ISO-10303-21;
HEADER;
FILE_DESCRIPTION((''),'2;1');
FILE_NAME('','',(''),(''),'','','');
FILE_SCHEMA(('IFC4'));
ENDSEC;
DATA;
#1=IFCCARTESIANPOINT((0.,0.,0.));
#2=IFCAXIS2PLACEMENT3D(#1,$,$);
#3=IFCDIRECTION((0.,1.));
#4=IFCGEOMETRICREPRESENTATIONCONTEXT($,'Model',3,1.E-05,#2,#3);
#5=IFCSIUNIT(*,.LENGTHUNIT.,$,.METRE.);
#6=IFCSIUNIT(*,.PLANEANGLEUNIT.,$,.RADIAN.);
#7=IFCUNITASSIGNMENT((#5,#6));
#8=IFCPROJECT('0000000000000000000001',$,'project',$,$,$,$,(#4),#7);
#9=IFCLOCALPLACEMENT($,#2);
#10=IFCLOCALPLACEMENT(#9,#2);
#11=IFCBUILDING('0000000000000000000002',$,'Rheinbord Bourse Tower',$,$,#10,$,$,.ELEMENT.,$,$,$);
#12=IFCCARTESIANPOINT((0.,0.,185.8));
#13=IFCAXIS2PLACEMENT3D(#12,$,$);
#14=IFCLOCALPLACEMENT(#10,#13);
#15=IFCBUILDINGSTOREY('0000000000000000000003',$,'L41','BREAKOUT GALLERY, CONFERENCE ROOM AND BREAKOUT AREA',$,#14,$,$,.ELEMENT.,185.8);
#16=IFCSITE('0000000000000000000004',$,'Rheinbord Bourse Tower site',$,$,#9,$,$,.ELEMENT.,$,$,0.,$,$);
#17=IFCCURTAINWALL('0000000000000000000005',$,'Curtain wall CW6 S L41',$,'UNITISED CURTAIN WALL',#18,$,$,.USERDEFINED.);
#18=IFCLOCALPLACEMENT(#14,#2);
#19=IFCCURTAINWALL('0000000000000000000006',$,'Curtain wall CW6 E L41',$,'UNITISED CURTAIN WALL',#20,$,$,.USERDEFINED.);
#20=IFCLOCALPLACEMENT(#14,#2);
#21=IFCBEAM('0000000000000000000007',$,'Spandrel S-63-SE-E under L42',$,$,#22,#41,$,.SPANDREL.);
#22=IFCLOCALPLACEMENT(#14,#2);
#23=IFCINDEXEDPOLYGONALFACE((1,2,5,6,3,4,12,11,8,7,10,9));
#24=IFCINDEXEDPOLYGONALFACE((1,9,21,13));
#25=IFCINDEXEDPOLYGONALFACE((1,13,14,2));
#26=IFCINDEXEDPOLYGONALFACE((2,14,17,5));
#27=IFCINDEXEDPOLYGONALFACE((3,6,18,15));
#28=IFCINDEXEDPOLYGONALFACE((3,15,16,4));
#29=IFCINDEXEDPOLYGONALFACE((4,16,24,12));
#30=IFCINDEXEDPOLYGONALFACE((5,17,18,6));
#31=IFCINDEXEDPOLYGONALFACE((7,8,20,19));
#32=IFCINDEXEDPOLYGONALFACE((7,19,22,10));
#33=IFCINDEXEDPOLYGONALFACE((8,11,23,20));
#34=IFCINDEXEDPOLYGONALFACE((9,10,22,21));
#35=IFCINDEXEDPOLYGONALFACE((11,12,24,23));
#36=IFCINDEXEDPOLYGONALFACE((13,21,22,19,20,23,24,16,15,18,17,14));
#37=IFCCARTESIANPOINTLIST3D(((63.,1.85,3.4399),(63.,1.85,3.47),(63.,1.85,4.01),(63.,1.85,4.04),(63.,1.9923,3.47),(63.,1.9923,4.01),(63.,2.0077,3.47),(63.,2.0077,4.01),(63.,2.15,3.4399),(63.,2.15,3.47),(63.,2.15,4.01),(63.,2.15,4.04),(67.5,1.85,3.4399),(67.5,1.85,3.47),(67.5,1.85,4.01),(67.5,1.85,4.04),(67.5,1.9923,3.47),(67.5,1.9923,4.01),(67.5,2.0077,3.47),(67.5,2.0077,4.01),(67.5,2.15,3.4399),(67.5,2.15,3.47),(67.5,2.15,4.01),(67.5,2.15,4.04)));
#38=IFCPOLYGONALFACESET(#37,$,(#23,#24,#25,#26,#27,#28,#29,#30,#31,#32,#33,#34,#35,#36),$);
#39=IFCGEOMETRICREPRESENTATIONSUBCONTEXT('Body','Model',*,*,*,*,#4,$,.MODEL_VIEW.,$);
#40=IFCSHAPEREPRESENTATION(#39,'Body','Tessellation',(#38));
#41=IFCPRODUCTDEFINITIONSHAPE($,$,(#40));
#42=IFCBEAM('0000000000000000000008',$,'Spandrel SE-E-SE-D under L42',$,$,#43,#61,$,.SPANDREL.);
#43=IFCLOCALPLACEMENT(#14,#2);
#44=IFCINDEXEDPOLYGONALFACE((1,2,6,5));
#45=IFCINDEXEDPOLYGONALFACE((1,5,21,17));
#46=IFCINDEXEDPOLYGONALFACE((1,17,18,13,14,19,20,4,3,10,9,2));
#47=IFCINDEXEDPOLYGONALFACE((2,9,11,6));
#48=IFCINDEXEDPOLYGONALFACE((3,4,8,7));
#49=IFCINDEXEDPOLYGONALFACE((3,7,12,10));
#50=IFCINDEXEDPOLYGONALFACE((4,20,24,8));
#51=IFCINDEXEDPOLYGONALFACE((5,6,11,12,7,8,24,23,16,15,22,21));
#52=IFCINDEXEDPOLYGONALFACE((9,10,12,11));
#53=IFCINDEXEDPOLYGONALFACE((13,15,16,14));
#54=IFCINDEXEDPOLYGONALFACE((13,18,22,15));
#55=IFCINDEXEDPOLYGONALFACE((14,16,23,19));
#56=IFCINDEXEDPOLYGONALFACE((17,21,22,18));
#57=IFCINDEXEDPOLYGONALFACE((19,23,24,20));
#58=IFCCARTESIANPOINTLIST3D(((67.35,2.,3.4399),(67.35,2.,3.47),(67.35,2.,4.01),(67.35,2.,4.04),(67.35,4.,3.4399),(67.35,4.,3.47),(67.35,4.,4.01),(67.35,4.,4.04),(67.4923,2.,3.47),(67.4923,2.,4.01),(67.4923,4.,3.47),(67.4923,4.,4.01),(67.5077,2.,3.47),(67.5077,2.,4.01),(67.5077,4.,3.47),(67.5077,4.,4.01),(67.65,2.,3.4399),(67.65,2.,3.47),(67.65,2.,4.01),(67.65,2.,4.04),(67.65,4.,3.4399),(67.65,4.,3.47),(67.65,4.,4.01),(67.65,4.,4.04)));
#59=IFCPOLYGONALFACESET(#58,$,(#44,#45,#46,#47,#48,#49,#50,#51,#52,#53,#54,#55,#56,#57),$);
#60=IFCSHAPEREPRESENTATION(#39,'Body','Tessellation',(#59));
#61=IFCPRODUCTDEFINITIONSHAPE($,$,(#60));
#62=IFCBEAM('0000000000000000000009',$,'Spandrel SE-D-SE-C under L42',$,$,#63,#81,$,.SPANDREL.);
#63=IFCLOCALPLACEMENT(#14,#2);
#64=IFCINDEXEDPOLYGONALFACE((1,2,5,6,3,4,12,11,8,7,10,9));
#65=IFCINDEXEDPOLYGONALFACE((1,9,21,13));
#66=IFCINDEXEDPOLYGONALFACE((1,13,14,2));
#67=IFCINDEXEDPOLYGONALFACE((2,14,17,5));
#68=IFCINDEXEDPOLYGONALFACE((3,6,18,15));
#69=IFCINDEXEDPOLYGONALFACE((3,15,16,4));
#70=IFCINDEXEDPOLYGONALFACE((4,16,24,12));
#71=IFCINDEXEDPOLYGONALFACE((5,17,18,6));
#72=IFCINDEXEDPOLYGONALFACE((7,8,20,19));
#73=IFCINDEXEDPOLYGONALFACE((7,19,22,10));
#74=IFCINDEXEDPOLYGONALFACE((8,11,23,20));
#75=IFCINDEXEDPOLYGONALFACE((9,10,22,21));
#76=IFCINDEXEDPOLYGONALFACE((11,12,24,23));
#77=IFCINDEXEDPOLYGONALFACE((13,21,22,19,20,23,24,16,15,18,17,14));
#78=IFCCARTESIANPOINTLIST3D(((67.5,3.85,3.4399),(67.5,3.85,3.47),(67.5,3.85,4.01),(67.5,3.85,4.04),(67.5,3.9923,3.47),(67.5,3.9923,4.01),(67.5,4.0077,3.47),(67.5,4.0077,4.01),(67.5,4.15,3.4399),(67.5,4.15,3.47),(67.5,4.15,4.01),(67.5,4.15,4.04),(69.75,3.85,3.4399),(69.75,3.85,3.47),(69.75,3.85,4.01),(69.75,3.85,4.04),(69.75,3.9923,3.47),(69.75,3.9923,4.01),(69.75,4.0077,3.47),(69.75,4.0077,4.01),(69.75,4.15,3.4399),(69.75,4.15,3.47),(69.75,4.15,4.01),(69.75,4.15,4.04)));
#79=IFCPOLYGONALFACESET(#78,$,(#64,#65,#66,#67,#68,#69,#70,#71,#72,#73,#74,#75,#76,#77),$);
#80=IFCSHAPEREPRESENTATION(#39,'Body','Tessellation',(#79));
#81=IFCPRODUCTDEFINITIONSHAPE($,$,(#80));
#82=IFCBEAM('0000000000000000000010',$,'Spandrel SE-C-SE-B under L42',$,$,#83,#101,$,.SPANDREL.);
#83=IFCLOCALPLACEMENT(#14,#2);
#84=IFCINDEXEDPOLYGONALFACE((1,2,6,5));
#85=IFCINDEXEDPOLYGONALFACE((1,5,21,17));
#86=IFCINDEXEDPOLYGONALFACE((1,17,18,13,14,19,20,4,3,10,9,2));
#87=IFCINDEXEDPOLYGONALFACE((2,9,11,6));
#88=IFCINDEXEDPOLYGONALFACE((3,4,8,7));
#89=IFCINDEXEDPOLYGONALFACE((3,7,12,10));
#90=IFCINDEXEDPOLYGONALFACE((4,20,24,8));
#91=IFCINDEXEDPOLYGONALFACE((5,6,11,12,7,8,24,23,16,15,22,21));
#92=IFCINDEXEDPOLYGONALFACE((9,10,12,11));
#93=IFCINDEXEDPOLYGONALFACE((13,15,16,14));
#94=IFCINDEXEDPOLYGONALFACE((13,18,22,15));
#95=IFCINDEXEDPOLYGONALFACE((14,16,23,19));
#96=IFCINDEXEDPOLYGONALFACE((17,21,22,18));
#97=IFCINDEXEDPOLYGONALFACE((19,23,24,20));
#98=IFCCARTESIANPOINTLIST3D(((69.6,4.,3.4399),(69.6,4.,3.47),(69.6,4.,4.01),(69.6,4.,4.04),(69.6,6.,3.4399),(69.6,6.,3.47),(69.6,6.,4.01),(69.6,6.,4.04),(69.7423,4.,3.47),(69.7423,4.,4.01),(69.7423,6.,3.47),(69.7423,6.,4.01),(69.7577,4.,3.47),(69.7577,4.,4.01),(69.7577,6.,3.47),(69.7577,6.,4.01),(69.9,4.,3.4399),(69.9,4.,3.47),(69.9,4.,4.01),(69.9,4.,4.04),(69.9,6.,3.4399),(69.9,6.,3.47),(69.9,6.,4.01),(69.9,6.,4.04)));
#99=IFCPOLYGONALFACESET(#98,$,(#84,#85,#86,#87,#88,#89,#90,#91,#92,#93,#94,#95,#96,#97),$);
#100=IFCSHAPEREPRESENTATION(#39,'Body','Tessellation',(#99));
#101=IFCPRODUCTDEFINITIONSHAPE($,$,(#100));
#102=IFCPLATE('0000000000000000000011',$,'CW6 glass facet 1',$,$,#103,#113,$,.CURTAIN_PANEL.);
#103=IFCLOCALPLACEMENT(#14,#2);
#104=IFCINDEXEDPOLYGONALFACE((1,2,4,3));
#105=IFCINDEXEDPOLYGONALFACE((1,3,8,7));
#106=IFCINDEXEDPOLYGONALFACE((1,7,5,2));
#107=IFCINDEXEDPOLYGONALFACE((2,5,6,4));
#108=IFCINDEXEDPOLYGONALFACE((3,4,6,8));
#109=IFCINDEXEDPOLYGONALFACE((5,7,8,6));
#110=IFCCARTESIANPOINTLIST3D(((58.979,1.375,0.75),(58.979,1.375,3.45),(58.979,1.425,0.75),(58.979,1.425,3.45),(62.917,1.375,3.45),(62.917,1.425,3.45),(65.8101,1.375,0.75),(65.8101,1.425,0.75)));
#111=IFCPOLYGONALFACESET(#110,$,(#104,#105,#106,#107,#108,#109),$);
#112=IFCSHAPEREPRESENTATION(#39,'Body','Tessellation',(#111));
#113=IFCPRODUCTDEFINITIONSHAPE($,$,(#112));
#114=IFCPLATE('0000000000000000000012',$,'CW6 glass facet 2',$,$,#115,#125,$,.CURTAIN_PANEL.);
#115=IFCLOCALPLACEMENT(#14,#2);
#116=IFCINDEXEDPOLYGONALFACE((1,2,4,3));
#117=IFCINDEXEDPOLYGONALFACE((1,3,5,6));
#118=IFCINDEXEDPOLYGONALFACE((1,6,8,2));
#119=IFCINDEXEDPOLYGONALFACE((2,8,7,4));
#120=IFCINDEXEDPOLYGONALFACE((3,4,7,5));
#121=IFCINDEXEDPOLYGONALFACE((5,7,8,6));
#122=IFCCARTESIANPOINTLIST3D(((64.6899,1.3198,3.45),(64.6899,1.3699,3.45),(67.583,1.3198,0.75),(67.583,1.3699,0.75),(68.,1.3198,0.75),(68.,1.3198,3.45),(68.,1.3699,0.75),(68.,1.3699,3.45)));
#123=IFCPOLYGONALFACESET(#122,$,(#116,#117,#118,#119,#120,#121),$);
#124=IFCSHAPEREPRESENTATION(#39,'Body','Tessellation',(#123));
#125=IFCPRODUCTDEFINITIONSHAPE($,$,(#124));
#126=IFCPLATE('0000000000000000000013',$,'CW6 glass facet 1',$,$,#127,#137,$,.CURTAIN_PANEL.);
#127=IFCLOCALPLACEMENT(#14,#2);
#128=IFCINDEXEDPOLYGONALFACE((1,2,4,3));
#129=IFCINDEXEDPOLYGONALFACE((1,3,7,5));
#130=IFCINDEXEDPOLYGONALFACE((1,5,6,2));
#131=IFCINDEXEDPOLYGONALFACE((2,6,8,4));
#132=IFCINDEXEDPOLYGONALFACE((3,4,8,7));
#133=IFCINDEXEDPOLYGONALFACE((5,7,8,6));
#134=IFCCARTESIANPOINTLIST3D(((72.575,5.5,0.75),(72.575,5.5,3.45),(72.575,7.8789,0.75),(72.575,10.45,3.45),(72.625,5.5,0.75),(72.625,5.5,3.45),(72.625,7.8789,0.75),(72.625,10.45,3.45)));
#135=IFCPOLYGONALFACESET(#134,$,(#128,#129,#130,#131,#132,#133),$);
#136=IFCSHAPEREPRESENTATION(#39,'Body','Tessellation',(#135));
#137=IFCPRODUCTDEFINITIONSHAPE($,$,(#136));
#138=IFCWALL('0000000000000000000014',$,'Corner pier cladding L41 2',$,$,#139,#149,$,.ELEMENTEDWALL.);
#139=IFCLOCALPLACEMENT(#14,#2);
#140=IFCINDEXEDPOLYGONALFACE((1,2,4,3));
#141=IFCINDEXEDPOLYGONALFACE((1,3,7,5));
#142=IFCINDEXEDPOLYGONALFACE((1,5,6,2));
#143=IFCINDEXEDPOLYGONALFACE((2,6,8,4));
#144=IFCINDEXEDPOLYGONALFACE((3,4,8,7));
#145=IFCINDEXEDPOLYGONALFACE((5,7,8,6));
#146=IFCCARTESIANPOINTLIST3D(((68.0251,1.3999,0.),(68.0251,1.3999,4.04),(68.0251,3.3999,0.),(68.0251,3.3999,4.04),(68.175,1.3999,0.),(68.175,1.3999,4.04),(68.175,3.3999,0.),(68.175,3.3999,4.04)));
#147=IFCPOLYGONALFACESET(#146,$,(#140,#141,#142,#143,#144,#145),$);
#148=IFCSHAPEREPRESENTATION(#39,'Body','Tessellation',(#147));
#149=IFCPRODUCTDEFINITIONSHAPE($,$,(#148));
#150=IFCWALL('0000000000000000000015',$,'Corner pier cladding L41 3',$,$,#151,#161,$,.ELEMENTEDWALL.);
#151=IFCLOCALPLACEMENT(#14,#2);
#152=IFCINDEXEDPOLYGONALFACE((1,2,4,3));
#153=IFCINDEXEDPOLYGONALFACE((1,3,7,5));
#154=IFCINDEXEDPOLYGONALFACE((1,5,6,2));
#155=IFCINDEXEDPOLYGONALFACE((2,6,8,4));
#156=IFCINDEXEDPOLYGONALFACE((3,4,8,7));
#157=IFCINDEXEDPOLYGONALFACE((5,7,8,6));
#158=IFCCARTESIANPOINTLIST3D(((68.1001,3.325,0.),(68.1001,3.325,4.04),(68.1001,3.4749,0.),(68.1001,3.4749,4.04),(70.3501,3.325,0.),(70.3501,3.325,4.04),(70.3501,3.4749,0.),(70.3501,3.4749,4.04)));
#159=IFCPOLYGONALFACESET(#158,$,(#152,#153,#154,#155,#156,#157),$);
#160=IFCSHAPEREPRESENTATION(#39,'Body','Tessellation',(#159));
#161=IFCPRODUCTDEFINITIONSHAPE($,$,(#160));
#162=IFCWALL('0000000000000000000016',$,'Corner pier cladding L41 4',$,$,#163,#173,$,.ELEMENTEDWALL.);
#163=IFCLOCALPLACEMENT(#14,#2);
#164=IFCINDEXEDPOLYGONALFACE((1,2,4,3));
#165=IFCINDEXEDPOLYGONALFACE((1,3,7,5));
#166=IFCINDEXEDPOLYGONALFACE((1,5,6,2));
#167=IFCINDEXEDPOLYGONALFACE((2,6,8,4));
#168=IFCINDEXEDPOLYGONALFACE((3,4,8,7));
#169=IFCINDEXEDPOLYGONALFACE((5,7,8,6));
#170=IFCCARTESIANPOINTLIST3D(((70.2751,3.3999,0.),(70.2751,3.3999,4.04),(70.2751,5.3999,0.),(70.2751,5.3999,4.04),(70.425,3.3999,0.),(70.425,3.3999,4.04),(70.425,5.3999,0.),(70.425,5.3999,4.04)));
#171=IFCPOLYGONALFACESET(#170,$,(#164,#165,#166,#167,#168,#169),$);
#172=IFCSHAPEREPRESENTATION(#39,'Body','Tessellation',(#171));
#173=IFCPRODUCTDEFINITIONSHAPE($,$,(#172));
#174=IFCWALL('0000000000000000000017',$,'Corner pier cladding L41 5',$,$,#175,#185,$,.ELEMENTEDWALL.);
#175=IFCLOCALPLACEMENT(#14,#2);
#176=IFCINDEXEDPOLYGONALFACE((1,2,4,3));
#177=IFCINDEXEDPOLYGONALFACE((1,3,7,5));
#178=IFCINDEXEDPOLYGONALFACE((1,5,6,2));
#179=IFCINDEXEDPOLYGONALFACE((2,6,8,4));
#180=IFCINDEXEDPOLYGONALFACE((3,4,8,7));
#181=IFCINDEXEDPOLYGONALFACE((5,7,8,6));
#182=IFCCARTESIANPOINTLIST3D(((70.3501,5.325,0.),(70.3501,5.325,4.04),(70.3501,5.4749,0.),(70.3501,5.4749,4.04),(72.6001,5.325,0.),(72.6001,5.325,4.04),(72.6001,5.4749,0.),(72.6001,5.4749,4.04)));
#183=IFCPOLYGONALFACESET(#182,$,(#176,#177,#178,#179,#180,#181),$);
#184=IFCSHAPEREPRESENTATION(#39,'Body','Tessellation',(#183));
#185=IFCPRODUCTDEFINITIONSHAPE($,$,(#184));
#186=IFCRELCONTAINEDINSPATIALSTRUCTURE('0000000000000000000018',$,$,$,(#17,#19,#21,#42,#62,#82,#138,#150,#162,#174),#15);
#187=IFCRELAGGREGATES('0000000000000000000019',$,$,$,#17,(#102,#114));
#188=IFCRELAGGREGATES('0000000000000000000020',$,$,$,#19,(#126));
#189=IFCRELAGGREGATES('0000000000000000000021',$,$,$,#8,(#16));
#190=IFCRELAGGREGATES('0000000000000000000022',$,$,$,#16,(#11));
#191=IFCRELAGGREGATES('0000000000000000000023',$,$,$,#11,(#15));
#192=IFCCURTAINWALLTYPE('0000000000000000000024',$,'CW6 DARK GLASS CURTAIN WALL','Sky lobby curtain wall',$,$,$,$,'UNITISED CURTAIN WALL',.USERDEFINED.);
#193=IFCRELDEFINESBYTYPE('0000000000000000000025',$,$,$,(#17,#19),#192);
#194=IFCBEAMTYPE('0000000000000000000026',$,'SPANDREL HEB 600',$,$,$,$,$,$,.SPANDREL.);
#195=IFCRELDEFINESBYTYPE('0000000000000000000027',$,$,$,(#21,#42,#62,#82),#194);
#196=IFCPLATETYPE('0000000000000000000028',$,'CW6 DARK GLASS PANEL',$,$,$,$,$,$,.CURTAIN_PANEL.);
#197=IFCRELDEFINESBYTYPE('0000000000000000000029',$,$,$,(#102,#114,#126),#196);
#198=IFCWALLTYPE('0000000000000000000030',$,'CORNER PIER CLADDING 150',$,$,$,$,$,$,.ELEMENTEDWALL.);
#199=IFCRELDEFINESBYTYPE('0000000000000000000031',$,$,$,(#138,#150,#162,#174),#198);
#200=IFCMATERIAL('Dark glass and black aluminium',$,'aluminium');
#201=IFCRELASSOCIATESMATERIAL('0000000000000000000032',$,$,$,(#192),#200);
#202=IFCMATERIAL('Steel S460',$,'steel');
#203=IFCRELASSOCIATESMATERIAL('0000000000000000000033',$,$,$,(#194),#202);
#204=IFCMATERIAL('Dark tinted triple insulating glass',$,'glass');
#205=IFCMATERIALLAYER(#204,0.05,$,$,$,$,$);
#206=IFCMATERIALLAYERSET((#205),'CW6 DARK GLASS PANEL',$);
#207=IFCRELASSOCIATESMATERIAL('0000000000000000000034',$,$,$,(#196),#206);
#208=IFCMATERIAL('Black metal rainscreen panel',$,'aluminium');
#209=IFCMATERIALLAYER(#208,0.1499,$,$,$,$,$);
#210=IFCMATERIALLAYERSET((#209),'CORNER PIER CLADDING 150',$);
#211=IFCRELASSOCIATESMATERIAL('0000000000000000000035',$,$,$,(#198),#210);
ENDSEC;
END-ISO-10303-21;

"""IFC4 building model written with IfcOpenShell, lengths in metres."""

from ifc_helpers import new_model, si_unit, direction, frame, frame_2d, origin, origin_2d, place, context, subcontext, project, spatial, polyline, rectangle, i_section, outline, extrude, material, layer, layer_set, material_profile, profile_set, type_object, element, aggregate, save


model = new_model("IFC4")

# Units and contexts
model_context = context("Model", 3, precision=1e-05, world=origin(), true_north=direction((0.0, 1.0)))
body_context = subcontext(model_context, "Body", "Model", "MODEL_VIEW")
ifc_project = project(units=[si_unit("LENGTHUNIT", "METRE"), si_unit("PLANEANGLEUNIT", "RADIAN")], contexts=[model_context])

# Site, building, storey
site_placement = place(None, origin())
site = spatial("IfcSite", under=ifc_project, at=site_placement, Name="Rheinbord Bourse Tower site", CompositionType="ELEMENT", RefElevation=0.0)
building_placement = place(site_placement, origin())
building = spatial("IfcBuilding", under=site, at=building_placement, Name="Rheinbord Bourse Tower", CompositionType="ELEMENT")
storey_placement = place(building_placement, frame((0.0, 0.0, 185.8)))
storey = spatial("IfcBuildingStorey", under=building, at=storey_placement, Name="L41", Description="BREAKOUT GALLERY, CONFERENCE ROOM AND BREAKOUT AREA", CompositionType="ELEMENT", Elevation=185.8)

# Curtain wall
ifc_material_1 = material(Name="Dark glass and black aluminium", Category="aluminium")
curtain_wall_type = type_object("IfcCurtainWallType", Name="CW6 DARK GLASS CURTAIN WALL", Description="Sky lobby curtain wall", ElementType="UNITISED CURTAIN WALL", PredefinedType="USERDEFINED", material=ifc_material_1)
curtain_wall_1_placement = place(storey_placement, origin())
curtain_wall_1 = element("IfcCurtainWall", 1, at=curtain_wall_1_placement, inside=storey, type_object=curtain_wall_type, Name="Curtain wall CW6 S L41", ObjectType="UNITISED CURTAIN WALL", PredefinedType="USERDEFINED")

# Curtain wall
curtain_wall_2_placement = place(storey_placement, origin())
curtain_wall_2 = element("IfcCurtainWall", 2, at=curtain_wall_2_placement, inside=storey, type_object=curtain_wall_type, Name="Curtain wall CW6 E L41", ObjectType="UNITISED CURTAIN WALL", PredefinedType="USERDEFINED")

# Beams
ifc_material_2 = material(Name="Steel S460", Category="steel")
ifc_material_profile_1 = material_profile(ifc_material_2, i_section(OverallWidth=0.3, OverallDepth=0.6001, WebThickness=0.0154, FlangeThickness=0.03, at=origin_2d()), Name="HEB 600")
ifc_profile_set_1 = profile_set([ifc_material_profile_1], Name="Steel S460")
beam_type_1 = type_object("IfcBeamType", Name="SPANDREL HEB 600", PredefinedType="SPANDREL", material=ifc_profile_set_1)
for number, where, z_axis, x_axis, name in (
    (3, (63.0, 2.0, 3.74), (1.0, 0.0, 0.0), (0.0, 1.0, 0.0), "Spandrel S-63-SE-E under L42"),
):
    element("IfcBeam", number, at=place(storey_placement, frame(where, z_axis=z_axis, x_axis=x_axis)), inside=storey, type_object=beam_type_1, Name=name, PredefinedType="SPANDREL", context=body_context, shape_type="SweptSolid", body=[
        extrude(i_section(OverallWidth=0.3, OverallDepth=0.6001, WebThickness=0.0154, FlangeThickness=0.03, at=origin_2d()), origin(), (0.0, 0.0, 1.0), 4.5),
    ])
beam_1_placement = place(storey_placement, frame((67.5, 2.0, 3.74), z_axis=(0.0, 1.0, 0.0), x_axis=(-1.0, 0.0, 0.0)))
element("IfcBeam", 4, at=beam_1_placement, inside=storey, type_object=beam_type_1, Name="Spandrel SE-E-SE-D under L42", PredefinedType="SPANDREL", context=body_context, shape_type="SweptSolid", body=[
    extrude(i_section(OverallWidth=0.3, OverallDepth=0.6001, WebThickness=0.0154, FlangeThickness=0.03, at=origin_2d()), origin(), (0.0, 0.0, 1.0), 2.0),
])
beam_2_placement = place(storey_placement, frame((67.5, 4.0, 3.74), z_axis=(1.0, 0.0, 0.0), x_axis=(0.0, 1.0, 0.0)))
element("IfcBeam", 5, at=beam_2_placement, inside=storey, type_object=beam_type_1, Name="Spandrel SE-D-SE-C under L42", PredefinedType="SPANDREL", context=body_context, shape_type="SweptSolid", body=[
    extrude(i_section(OverallWidth=0.3, OverallDepth=0.6001, WebThickness=0.0154, FlangeThickness=0.03, at=origin_2d()), origin(), (0.0, 0.0, 1.0), 2.25),
])
beam_3_placement = place(storey_placement, frame((69.75, 4.0, 3.74), z_axis=(0.0, 1.0, 0.0), x_axis=(-1.0, 0.0, 0.0)))
element("IfcBeam", 6, at=beam_3_placement, inside=storey, type_object=beam_type_1, Name="Spandrel SE-C-SE-B under L42", PredefinedType="SPANDREL", context=body_context, shape_type="SweptSolid", body=[
    extrude(i_section(OverallWidth=0.3, OverallDepth=0.6001, WebThickness=0.0154, FlangeThickness=0.03, at=origin_2d()), origin(), (0.0, 0.0, 1.0), 2.0),
])

# Plates
ifc_material_3 = material(Name="Dark tinted triple insulating glass", Category="glass")
ifc_layer_1 = layer(ifc_material_3, 0.05)
ifc_layer_set_1 = layer_set([ifc_layer_1], Name="CW6 DARK GLASS PANEL")
plate_type = type_object("IfcPlateType", Name="CW6 DARK GLASS PANEL", PredefinedType="CURTAIN_PANEL", material=ifc_layer_set_1)
plate_1_placement = place(storey_placement, frame((58.979, 1.375, 0.75), z_axis=(0.0, 1.0, 0.0), x_axis=(0.0, 0.0, 1.0)))
plate_1 = element("IfcPlate", 7, at=plate_1_placement, type_object=plate_type, Name="CW6 glass facet 1", PredefinedType="CURTAIN_PANEL", context=body_context, shape_type="SweptSolid", body=[
    extrude(outline(polyline([(0.0, 0.0), (2.7, 0.0), (2.7, 3.938), (0.0, 6.8311), (0.0, 0.0)])), origin(), (0.0, 0.0, 1.0), 0.05),
])
plate_2_placement = place(storey_placement, frame((68.0, 1.3198, 3.45), z_axis=(0.0, 1.0, 0.0), x_axis=(0.0, 0.0, -1.0)))
plate_2 = element("IfcPlate", 8, at=plate_2_placement, type_object=plate_type, Name="CW6 glass facet 2", PredefinedType="CURTAIN_PANEL", context=body_context, shape_type="SweptSolid", body=[
    extrude(outline(polyline([(0.0, 0.0), (2.7, 0.0), (2.7, 0.417), (0.0, 3.3101), (0.0, 0.0)])), origin(), (0.0, 0.0, 1.0), 0.05),
])
aggregate(curtain_wall_1, [plate_1, plate_2])
plate_3_placement = place(storey_placement, frame((72.625, 5.5, 0.75), z_axis=(-1.0, 0.0, 0.0), x_axis=(0.0, 0.0, 1.0)))
plate_3 = element("IfcPlate", 9, at=plate_3_placement, type_object=plate_type, Name="CW6 glass facet 1", PredefinedType="CURTAIN_PANEL", context=body_context, shape_type="SweptSolid", body=[
    extrude(outline(polyline([(0.0, 0.0), (2.7, 0.0), (2.7, 4.95), (0.0, 2.3789), (0.0, 0.0)])), origin(), (0.0, 0.0, 1.0), 0.05),
])
aggregate(curtain_wall_2, [plate_3])

# Walls
ifc_material_4 = material(Name="Black metal rainscreen panel", Category="aluminium")
ifc_layer_2 = layer(ifc_material_4, 0.1499)
ifc_layer_set_2 = layer_set([ifc_layer_2], Name="CORNER PIER CLADDING 150")
wall_type = type_object("IfcWallType", Name="CORNER PIER CLADDING 150", PredefinedType="ELEMENTEDWALL", material=ifc_layer_set_2)
wall_1_placement = place(storey_placement, frame((68.1001, 1.3999, 0.0), z_axis=(0.0, 0.0, 1.0), x_axis=(0.0, 1.0, 0.0)))
element("IfcWall", 10, at=wall_1_placement, inside=storey, type_object=wall_type, Name="Corner pier cladding L41 2", PredefinedType="ELEMENTEDWALL", context=body_context, shape_type="SweptSolid", body=[
    extrude(rectangle(XDim=2.0, YDim=0.1499, at=frame_2d((1.0, 0.0))), origin(), (0.0, 0.0, 1.0), 4.04),
])
wall_2_placement = place(storey_placement, frame((68.1001, 3.3999, 0.0), z_axis=(0.0, 0.0, 1.0), x_axis=(1.0, 0.0, 0.0)))
element("IfcWall", 11, at=wall_2_placement, inside=storey, type_object=wall_type, Name="Corner pier cladding L41 3", PredefinedType="ELEMENTEDWALL", context=body_context, shape_type="SweptSolid", body=[
    extrude(rectangle(XDim=2.25, YDim=0.1499, at=frame_2d((1.125, 0.0))), origin(), (0.0, 0.0, 1.0), 4.04),
])
wall_3_placement = place(storey_placement, frame((70.3501, 3.3999, 0.0), z_axis=(0.0, 0.0, 1.0), x_axis=(0.0, 1.0, 0.0)))
element("IfcWall", 12, at=wall_3_placement, inside=storey, type_object=wall_type, Name="Corner pier cladding L41 4", PredefinedType="ELEMENTEDWALL", context=body_context, shape_type="SweptSolid", body=[
    extrude(rectangle(XDim=2.0, YDim=0.1499, at=frame_2d((1.0, 0.0))), origin(), (0.0, 0.0, 1.0), 4.04),
])
wall_4_placement = place(storey_placement, frame((70.3501, 5.3999, 0.0), z_axis=(0.0, 0.0, 1.0), x_axis=(1.0, 0.0, 0.0)))
element("IfcWall", 13, at=wall_4_placement, inside=storey, type_object=wall_type, Name="Corner pier cladding L41 5", PredefinedType="ELEMENTEDWALL", context=body_context, shape_type="SweptSolid", body=[
    extrude(rectangle(XDim=2.25, YDim=0.1499, at=frame_2d((1.125, 0.0))), origin(), (0.0, 0.0, 1.0), 4.04),
])

save(model, "model.ifc")
